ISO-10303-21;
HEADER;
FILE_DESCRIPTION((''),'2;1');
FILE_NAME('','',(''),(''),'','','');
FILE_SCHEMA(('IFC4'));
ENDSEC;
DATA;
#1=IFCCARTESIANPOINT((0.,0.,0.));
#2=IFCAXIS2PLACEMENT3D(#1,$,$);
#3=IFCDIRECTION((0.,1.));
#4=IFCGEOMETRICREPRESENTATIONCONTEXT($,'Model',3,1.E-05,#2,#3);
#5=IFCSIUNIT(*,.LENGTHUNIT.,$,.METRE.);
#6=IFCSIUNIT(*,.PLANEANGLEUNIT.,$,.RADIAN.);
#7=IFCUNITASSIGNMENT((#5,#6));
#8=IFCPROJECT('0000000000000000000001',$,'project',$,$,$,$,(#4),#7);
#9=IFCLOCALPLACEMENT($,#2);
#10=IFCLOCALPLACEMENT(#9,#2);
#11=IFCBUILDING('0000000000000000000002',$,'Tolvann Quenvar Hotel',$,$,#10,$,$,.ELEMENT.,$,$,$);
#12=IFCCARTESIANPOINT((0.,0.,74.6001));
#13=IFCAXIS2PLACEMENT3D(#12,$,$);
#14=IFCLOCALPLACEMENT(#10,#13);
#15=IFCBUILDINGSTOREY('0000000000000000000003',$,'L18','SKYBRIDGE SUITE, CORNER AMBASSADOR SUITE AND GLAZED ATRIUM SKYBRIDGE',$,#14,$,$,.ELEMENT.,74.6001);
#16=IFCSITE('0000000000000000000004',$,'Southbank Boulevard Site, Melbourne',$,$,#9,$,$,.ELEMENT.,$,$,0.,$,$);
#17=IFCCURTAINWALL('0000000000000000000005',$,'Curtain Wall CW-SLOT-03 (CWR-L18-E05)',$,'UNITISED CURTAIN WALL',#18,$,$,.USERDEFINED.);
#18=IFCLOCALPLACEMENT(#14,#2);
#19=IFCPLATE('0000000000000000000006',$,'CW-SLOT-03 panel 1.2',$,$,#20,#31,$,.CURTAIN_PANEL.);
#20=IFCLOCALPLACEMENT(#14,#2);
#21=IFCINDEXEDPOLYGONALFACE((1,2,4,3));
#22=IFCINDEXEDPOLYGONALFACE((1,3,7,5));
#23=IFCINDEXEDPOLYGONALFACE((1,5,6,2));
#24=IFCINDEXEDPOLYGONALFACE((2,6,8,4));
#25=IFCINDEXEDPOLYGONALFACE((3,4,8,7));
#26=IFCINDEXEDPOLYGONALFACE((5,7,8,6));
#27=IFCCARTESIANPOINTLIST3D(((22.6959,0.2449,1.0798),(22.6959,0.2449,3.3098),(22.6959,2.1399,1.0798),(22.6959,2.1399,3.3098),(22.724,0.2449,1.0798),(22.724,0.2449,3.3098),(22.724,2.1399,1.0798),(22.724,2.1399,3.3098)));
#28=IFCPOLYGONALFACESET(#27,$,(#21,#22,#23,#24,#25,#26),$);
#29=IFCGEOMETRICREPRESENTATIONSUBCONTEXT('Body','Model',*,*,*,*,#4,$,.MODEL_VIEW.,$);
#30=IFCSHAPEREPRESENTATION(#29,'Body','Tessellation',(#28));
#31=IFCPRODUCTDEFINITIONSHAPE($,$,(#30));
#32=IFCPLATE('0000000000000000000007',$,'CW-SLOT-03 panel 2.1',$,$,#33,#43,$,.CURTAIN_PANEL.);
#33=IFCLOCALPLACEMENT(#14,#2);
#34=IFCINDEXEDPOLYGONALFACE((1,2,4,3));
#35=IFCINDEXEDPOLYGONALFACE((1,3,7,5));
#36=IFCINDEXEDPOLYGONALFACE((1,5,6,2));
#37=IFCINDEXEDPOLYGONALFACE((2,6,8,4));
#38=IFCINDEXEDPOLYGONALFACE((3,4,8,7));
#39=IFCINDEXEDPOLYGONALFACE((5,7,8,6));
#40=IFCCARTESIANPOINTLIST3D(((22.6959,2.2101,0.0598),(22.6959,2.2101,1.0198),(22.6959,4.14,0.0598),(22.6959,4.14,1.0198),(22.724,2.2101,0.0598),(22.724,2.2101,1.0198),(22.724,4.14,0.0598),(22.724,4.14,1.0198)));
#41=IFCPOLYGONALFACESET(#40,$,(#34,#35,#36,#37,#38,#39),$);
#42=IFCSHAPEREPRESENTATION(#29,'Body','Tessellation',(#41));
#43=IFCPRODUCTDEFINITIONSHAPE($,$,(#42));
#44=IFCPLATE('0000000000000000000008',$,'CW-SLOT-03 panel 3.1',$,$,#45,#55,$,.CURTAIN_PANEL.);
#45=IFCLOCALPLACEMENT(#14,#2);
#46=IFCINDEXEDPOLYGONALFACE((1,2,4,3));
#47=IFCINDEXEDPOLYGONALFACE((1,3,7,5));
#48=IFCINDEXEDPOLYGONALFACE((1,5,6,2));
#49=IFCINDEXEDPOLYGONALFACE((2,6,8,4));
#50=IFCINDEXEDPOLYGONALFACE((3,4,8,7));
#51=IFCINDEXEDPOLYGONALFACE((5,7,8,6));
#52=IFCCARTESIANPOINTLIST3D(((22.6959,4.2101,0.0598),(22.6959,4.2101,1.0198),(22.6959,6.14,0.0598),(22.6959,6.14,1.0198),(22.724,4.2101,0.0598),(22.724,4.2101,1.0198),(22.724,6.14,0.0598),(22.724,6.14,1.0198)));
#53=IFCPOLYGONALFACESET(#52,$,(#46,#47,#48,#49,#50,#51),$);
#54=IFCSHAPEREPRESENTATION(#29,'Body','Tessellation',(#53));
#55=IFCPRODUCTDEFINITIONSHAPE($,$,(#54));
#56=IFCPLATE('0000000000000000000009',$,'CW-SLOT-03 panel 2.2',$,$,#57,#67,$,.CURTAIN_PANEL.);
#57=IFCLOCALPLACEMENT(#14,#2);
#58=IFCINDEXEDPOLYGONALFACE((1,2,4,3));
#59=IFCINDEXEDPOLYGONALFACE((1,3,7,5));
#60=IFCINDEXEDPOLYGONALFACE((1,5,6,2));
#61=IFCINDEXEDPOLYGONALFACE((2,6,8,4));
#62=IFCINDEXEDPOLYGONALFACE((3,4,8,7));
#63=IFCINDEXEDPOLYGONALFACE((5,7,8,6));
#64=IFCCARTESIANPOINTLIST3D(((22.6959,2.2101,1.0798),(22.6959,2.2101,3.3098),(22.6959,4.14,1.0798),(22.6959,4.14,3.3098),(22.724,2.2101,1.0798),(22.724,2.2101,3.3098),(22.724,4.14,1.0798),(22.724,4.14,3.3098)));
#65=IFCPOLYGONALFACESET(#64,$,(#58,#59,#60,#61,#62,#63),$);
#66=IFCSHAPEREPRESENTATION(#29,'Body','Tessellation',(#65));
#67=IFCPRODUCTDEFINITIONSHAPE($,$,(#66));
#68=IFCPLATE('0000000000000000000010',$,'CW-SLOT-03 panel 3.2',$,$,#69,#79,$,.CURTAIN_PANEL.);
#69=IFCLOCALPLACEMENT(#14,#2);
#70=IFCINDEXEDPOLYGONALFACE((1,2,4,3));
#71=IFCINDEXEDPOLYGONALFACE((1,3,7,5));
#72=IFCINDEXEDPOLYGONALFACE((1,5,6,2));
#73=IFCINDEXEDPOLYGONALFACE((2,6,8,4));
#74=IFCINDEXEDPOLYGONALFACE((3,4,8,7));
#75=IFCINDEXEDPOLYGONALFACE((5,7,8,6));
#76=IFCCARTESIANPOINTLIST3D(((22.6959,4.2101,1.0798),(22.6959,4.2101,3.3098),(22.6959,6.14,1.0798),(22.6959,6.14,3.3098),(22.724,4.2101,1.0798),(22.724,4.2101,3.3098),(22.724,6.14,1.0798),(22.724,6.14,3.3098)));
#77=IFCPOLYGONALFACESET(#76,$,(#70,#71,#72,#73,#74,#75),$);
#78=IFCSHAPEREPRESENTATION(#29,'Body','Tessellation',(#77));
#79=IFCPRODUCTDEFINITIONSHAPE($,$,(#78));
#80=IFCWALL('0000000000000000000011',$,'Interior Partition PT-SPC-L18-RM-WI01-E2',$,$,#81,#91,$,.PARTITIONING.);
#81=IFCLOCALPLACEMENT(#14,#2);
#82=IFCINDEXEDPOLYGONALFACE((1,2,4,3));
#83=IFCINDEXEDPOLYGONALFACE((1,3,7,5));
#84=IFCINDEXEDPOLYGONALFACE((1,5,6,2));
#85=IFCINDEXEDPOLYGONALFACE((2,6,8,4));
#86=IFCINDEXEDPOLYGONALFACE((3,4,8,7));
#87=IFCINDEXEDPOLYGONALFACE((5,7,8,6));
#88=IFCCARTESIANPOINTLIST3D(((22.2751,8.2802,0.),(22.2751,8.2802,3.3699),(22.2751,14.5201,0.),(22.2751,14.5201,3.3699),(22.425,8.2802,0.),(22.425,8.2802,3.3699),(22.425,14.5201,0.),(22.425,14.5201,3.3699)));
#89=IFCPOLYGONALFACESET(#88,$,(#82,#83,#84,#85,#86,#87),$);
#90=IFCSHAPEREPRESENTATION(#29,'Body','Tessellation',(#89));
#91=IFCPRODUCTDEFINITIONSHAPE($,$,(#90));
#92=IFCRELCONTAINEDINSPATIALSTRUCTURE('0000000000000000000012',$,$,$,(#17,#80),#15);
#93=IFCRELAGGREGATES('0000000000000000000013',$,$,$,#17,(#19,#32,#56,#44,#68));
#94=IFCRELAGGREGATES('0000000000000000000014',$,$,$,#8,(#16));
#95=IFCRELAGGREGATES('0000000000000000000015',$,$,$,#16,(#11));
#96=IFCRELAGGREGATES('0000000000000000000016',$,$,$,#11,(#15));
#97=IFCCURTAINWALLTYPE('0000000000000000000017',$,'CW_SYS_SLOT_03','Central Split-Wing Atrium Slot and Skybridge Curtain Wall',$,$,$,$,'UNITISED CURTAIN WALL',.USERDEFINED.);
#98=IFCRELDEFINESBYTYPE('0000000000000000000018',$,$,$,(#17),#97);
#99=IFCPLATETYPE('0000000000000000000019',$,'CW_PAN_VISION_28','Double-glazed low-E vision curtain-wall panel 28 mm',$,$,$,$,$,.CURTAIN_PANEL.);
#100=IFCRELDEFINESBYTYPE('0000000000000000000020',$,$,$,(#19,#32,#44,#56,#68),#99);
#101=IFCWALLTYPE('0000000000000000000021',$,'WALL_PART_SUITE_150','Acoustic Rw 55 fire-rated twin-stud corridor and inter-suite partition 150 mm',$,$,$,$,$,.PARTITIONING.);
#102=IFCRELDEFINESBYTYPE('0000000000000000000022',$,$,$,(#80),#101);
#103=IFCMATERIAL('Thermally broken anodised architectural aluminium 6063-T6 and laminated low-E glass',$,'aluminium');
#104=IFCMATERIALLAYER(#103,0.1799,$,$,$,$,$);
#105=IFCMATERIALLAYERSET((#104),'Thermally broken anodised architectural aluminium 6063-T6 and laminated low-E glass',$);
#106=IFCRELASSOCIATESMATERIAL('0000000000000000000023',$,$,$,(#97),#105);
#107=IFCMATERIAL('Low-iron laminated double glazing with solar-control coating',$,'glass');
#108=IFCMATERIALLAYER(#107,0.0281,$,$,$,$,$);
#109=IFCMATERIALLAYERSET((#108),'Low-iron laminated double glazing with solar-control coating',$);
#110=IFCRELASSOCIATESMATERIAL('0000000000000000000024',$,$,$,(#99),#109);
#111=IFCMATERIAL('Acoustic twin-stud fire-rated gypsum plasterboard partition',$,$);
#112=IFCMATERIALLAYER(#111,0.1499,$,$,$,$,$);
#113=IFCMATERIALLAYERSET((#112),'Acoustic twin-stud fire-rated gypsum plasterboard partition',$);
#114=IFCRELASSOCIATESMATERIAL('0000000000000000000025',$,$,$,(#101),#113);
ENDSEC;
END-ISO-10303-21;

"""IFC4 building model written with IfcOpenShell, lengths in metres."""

from ifc_helpers import new_model, si_unit, direction, frame, frame_2d, origin, origin_2d, place, context, subcontext, project, spatial, rectangle, extrude, source, transform, mapped, material, layer, layer_set, type_object, element, aggregate, save


model = new_model("IFC4")

# Units and contexts
model_context = context("Model", 3, precision=1e-05, world=origin(), true_north=direction((0.0, 1.0)))
body_context = subcontext(model_context, "Body", "Model", "MODEL_VIEW")
ifc_project = project(units=[si_unit("LENGTHUNIT", "METRE"), si_unit("PLANEANGLEUNIT", "RADIAN")], contexts=[model_context])

# Site, building, storey
site_placement = place(None, origin())
site = spatial("IfcSite", under=ifc_project, at=site_placement, Name="Southbank Boulevard Site, Melbourne", CompositionType="ELEMENT", RefElevation=0.0)
building_placement = place(site_placement, origin())
building = spatial("IfcBuilding", under=site, at=building_placement, Name="Tolvann Quenvar Hotel", CompositionType="ELEMENT")
storey_placement = place(building_placement, frame((0.0, 0.0, 74.6001)))
storey = spatial("IfcBuildingStorey", under=building, at=storey_placement, Name="L18", Description="SKYBRIDGE SUITE, CORNER AMBASSADOR SUITE AND GLAZED ATRIUM SKYBRIDGE", CompositionType="ELEMENT", Elevation=74.6001)

# Curtain wall
ifc_material_1 = material(Name="Thermally broken anodised architectural aluminium 6063-T6 and laminated low-E glass", Category="aluminium")
ifc_layer_1 = layer(ifc_material_1, 0.1799)
ifc_layer_set_1 = layer_set([ifc_layer_1], Name="Thermally broken anodised architectural aluminium 6063-T6 and laminated low-E glass")
curtain_wall_type = type_object("IfcCurtainWallType", Name="CW_SYS_SLOT_03", Description="Central Split-Wing Atrium Slot and Skybridge Curtain Wall", ElementType="UNITISED CURTAIN WALL", PredefinedType="USERDEFINED", material=ifc_layer_set_1)
curtain_wall_placement = place(storey_placement, origin())
curtain_wall = element("IfcCurtainWall", 1, at=curtain_wall_placement, inside=storey, type_object=curtain_wall_type, Name="Curtain Wall CW-SLOT-03 (CWR-L18-E05)", ObjectType="UNITISED CURTAIN WALL", PredefinedType="USERDEFINED")

# Plates
ifc_material_2 = material(Name="Low-iron laminated double glazing with solar-control coating", Category="glass")
ifc_layer_2 = layer(ifc_material_2, 0.0281)
ifc_layer_set_2 = layer_set([ifc_layer_2], Name="Low-iron laminated double glazing with solar-control coating")
plate_type_1 = type_object("IfcPlateType", Name="CW_PAN_VISION_28", Description="Double-glazed low-E vision curtain-wall panel 28 mm", PredefinedType="CURTAIN_PANEL", material=ifc_layer_set_2)
shared_shape_1 = source(origin(), body_context, "Body", "SweptSolid", [
    extrude(rectangle(XDim=1.895, YDim=0.0281, at=origin_2d()), origin(), (0.0, 0.0, 1.0), 2.23),
])
plate_1_placement = place(storey_placement, frame((22.71, 1.1924, 1.0798), z_axis=(0.0, 0.0, 1.0), x_axis=(0.0, 1.0, 0.0)))
plate_1 = element("IfcPlate", 2, at=plate_1_placement, type_object=plate_type_1, Name="CW-SLOT-03 panel 1.2", PredefinedType="CURTAIN_PANEL", context=body_context, shape_type="MappedRepresentation", body=[
    mapped(shared_shape_1, transform((0.0, 0.0, 0.0), x_axis=(1.0, 0.0, 0.0), y_axis=(0.0, 1.0, 0.0), z_axis=(0.0, 0.0, 1.0), scale=1.0)),
])
shared_shape_2 = source(origin(), body_context, "Body", "SweptSolid", [
    extrude(rectangle(XDim=1.9299, YDim=0.0281, at=origin_2d()), origin(), (0.0, 0.0, 1.0), 0.96),
])
plate_2_placement = place(storey_placement, frame((22.71, 3.175, 0.0598), z_axis=(0.0, 0.0, 1.0), x_axis=(0.0, 1.0, 0.0)))
plate_2 = element("IfcPlate", 3, at=plate_2_placement, type_object=plate_type_1, Name="CW-SLOT-03 panel 2.1", PredefinedType="CURTAIN_PANEL", context=body_context, shape_type="MappedRepresentation", body=[
    mapped(shared_shape_2, transform((0.0, 0.0, 0.0), x_axis=(1.0, 0.0, 0.0), y_axis=(0.0, 1.0, 0.0), z_axis=(0.0, 0.0, 1.0), scale=1.0)),
])
plate_3_placement = place(storey_placement, frame((22.71, 5.175, 0.0598), z_axis=(0.0, 0.0, 1.0), x_axis=(0.0, 1.0, 0.0)))
plate_3 = element("IfcPlate", 4, at=plate_3_placement, type_object=plate_type_1, Name="CW-SLOT-03 panel 3.1", PredefinedType="CURTAIN_PANEL", context=body_context, shape_type="MappedRepresentation", body=[
    mapped(shared_shape_2, transform((0.0, 0.0, 0.0), x_axis=(1.0, 0.0, 0.0), y_axis=(0.0, 1.0, 0.0), z_axis=(0.0, 0.0, 1.0), scale=1.0)),
])
shared_shape_3 = source(origin(), body_context, "Body", "SweptSolid", [
    extrude(rectangle(XDim=1.9299, YDim=0.0281, at=origin_2d()), origin(), (0.0, 0.0, 1.0), 2.23),
])
plate_4_placement = place(storey_placement, frame((22.71, 3.175, 1.0798), z_axis=(0.0, 0.0, 1.0), x_axis=(0.0, 1.0, 0.0)))
plate_4 = element("IfcPlate", 5, at=plate_4_placement, type_object=plate_type_1, Name="CW-SLOT-03 panel 2.2", PredefinedType="CURTAIN_PANEL", context=body_context, shape_type="MappedRepresentation", body=[
    mapped(shared_shape_3, transform((0.0, 0.0, 0.0), x_axis=(1.0, 0.0, 0.0), y_axis=(0.0, 1.0, 0.0), z_axis=(0.0, 0.0, 1.0), scale=1.0)),
])
plate_5_placement = place(storey_placement, frame((22.71, 5.175, 1.0798), z_axis=(0.0, 0.0, 1.0), x_axis=(0.0, 1.0, 0.0)))
plate_5 = element("IfcPlate", 6, at=plate_5_placement, type_object=plate_type_1, Name="CW-SLOT-03 panel 3.2", PredefinedType="CURTAIN_PANEL", context=body_context, shape_type="MappedRepresentation", body=[
    mapped(shared_shape_3, transform((0.0, 0.0, 0.0), x_axis=(1.0, 0.0, 0.0), y_axis=(0.0, 1.0, 0.0), z_axis=(0.0, 0.0, 1.0), scale=1.0)),
])
aggregate(curtain_wall, [plate_1, plate_2, plate_4, plate_3, plate_5])

# Wall
ifc_material_3 = material(Name="Acoustic twin-stud fire-rated gypsum plasterboard partition")
ifc_layer_3 = layer(ifc_material_3, 0.1499)
ifc_layer_set_3 = layer_set([ifc_layer_3], Name="Acoustic twin-stud fire-rated gypsum plasterboard partition")
wall_type = type_object("IfcWallType", Name="WALL_PART_SUITE_150", Description="Acoustic Rw 55 fire-rated twin-stud corridor and inter-suite partition 150 mm", PredefinedType="PARTITIONING", material=ifc_layer_set_3)
wall_placement = place(storey_placement, frame((22.3501, 8.28, 0.0), z_axis=(0.0, 0.0, 1.0), x_axis=(0.0, 1.0, 0.0)))
element("IfcWall", 7, at=wall_placement, inside=storey, type_object=wall_type, Name="Interior Partition PT-SPC-L18-RM-WI01-E2", PredefinedType="PARTITIONING", context=body_context, shape_type="SweptSolid", body=[
    extrude(rectangle(XDim=6.24, YDim=0.1499, at=frame_2d((3.1201, 0.0))), origin(), (0.0, 0.0, 1.0), 3.3699),
])

save(model, "model.ifc")
